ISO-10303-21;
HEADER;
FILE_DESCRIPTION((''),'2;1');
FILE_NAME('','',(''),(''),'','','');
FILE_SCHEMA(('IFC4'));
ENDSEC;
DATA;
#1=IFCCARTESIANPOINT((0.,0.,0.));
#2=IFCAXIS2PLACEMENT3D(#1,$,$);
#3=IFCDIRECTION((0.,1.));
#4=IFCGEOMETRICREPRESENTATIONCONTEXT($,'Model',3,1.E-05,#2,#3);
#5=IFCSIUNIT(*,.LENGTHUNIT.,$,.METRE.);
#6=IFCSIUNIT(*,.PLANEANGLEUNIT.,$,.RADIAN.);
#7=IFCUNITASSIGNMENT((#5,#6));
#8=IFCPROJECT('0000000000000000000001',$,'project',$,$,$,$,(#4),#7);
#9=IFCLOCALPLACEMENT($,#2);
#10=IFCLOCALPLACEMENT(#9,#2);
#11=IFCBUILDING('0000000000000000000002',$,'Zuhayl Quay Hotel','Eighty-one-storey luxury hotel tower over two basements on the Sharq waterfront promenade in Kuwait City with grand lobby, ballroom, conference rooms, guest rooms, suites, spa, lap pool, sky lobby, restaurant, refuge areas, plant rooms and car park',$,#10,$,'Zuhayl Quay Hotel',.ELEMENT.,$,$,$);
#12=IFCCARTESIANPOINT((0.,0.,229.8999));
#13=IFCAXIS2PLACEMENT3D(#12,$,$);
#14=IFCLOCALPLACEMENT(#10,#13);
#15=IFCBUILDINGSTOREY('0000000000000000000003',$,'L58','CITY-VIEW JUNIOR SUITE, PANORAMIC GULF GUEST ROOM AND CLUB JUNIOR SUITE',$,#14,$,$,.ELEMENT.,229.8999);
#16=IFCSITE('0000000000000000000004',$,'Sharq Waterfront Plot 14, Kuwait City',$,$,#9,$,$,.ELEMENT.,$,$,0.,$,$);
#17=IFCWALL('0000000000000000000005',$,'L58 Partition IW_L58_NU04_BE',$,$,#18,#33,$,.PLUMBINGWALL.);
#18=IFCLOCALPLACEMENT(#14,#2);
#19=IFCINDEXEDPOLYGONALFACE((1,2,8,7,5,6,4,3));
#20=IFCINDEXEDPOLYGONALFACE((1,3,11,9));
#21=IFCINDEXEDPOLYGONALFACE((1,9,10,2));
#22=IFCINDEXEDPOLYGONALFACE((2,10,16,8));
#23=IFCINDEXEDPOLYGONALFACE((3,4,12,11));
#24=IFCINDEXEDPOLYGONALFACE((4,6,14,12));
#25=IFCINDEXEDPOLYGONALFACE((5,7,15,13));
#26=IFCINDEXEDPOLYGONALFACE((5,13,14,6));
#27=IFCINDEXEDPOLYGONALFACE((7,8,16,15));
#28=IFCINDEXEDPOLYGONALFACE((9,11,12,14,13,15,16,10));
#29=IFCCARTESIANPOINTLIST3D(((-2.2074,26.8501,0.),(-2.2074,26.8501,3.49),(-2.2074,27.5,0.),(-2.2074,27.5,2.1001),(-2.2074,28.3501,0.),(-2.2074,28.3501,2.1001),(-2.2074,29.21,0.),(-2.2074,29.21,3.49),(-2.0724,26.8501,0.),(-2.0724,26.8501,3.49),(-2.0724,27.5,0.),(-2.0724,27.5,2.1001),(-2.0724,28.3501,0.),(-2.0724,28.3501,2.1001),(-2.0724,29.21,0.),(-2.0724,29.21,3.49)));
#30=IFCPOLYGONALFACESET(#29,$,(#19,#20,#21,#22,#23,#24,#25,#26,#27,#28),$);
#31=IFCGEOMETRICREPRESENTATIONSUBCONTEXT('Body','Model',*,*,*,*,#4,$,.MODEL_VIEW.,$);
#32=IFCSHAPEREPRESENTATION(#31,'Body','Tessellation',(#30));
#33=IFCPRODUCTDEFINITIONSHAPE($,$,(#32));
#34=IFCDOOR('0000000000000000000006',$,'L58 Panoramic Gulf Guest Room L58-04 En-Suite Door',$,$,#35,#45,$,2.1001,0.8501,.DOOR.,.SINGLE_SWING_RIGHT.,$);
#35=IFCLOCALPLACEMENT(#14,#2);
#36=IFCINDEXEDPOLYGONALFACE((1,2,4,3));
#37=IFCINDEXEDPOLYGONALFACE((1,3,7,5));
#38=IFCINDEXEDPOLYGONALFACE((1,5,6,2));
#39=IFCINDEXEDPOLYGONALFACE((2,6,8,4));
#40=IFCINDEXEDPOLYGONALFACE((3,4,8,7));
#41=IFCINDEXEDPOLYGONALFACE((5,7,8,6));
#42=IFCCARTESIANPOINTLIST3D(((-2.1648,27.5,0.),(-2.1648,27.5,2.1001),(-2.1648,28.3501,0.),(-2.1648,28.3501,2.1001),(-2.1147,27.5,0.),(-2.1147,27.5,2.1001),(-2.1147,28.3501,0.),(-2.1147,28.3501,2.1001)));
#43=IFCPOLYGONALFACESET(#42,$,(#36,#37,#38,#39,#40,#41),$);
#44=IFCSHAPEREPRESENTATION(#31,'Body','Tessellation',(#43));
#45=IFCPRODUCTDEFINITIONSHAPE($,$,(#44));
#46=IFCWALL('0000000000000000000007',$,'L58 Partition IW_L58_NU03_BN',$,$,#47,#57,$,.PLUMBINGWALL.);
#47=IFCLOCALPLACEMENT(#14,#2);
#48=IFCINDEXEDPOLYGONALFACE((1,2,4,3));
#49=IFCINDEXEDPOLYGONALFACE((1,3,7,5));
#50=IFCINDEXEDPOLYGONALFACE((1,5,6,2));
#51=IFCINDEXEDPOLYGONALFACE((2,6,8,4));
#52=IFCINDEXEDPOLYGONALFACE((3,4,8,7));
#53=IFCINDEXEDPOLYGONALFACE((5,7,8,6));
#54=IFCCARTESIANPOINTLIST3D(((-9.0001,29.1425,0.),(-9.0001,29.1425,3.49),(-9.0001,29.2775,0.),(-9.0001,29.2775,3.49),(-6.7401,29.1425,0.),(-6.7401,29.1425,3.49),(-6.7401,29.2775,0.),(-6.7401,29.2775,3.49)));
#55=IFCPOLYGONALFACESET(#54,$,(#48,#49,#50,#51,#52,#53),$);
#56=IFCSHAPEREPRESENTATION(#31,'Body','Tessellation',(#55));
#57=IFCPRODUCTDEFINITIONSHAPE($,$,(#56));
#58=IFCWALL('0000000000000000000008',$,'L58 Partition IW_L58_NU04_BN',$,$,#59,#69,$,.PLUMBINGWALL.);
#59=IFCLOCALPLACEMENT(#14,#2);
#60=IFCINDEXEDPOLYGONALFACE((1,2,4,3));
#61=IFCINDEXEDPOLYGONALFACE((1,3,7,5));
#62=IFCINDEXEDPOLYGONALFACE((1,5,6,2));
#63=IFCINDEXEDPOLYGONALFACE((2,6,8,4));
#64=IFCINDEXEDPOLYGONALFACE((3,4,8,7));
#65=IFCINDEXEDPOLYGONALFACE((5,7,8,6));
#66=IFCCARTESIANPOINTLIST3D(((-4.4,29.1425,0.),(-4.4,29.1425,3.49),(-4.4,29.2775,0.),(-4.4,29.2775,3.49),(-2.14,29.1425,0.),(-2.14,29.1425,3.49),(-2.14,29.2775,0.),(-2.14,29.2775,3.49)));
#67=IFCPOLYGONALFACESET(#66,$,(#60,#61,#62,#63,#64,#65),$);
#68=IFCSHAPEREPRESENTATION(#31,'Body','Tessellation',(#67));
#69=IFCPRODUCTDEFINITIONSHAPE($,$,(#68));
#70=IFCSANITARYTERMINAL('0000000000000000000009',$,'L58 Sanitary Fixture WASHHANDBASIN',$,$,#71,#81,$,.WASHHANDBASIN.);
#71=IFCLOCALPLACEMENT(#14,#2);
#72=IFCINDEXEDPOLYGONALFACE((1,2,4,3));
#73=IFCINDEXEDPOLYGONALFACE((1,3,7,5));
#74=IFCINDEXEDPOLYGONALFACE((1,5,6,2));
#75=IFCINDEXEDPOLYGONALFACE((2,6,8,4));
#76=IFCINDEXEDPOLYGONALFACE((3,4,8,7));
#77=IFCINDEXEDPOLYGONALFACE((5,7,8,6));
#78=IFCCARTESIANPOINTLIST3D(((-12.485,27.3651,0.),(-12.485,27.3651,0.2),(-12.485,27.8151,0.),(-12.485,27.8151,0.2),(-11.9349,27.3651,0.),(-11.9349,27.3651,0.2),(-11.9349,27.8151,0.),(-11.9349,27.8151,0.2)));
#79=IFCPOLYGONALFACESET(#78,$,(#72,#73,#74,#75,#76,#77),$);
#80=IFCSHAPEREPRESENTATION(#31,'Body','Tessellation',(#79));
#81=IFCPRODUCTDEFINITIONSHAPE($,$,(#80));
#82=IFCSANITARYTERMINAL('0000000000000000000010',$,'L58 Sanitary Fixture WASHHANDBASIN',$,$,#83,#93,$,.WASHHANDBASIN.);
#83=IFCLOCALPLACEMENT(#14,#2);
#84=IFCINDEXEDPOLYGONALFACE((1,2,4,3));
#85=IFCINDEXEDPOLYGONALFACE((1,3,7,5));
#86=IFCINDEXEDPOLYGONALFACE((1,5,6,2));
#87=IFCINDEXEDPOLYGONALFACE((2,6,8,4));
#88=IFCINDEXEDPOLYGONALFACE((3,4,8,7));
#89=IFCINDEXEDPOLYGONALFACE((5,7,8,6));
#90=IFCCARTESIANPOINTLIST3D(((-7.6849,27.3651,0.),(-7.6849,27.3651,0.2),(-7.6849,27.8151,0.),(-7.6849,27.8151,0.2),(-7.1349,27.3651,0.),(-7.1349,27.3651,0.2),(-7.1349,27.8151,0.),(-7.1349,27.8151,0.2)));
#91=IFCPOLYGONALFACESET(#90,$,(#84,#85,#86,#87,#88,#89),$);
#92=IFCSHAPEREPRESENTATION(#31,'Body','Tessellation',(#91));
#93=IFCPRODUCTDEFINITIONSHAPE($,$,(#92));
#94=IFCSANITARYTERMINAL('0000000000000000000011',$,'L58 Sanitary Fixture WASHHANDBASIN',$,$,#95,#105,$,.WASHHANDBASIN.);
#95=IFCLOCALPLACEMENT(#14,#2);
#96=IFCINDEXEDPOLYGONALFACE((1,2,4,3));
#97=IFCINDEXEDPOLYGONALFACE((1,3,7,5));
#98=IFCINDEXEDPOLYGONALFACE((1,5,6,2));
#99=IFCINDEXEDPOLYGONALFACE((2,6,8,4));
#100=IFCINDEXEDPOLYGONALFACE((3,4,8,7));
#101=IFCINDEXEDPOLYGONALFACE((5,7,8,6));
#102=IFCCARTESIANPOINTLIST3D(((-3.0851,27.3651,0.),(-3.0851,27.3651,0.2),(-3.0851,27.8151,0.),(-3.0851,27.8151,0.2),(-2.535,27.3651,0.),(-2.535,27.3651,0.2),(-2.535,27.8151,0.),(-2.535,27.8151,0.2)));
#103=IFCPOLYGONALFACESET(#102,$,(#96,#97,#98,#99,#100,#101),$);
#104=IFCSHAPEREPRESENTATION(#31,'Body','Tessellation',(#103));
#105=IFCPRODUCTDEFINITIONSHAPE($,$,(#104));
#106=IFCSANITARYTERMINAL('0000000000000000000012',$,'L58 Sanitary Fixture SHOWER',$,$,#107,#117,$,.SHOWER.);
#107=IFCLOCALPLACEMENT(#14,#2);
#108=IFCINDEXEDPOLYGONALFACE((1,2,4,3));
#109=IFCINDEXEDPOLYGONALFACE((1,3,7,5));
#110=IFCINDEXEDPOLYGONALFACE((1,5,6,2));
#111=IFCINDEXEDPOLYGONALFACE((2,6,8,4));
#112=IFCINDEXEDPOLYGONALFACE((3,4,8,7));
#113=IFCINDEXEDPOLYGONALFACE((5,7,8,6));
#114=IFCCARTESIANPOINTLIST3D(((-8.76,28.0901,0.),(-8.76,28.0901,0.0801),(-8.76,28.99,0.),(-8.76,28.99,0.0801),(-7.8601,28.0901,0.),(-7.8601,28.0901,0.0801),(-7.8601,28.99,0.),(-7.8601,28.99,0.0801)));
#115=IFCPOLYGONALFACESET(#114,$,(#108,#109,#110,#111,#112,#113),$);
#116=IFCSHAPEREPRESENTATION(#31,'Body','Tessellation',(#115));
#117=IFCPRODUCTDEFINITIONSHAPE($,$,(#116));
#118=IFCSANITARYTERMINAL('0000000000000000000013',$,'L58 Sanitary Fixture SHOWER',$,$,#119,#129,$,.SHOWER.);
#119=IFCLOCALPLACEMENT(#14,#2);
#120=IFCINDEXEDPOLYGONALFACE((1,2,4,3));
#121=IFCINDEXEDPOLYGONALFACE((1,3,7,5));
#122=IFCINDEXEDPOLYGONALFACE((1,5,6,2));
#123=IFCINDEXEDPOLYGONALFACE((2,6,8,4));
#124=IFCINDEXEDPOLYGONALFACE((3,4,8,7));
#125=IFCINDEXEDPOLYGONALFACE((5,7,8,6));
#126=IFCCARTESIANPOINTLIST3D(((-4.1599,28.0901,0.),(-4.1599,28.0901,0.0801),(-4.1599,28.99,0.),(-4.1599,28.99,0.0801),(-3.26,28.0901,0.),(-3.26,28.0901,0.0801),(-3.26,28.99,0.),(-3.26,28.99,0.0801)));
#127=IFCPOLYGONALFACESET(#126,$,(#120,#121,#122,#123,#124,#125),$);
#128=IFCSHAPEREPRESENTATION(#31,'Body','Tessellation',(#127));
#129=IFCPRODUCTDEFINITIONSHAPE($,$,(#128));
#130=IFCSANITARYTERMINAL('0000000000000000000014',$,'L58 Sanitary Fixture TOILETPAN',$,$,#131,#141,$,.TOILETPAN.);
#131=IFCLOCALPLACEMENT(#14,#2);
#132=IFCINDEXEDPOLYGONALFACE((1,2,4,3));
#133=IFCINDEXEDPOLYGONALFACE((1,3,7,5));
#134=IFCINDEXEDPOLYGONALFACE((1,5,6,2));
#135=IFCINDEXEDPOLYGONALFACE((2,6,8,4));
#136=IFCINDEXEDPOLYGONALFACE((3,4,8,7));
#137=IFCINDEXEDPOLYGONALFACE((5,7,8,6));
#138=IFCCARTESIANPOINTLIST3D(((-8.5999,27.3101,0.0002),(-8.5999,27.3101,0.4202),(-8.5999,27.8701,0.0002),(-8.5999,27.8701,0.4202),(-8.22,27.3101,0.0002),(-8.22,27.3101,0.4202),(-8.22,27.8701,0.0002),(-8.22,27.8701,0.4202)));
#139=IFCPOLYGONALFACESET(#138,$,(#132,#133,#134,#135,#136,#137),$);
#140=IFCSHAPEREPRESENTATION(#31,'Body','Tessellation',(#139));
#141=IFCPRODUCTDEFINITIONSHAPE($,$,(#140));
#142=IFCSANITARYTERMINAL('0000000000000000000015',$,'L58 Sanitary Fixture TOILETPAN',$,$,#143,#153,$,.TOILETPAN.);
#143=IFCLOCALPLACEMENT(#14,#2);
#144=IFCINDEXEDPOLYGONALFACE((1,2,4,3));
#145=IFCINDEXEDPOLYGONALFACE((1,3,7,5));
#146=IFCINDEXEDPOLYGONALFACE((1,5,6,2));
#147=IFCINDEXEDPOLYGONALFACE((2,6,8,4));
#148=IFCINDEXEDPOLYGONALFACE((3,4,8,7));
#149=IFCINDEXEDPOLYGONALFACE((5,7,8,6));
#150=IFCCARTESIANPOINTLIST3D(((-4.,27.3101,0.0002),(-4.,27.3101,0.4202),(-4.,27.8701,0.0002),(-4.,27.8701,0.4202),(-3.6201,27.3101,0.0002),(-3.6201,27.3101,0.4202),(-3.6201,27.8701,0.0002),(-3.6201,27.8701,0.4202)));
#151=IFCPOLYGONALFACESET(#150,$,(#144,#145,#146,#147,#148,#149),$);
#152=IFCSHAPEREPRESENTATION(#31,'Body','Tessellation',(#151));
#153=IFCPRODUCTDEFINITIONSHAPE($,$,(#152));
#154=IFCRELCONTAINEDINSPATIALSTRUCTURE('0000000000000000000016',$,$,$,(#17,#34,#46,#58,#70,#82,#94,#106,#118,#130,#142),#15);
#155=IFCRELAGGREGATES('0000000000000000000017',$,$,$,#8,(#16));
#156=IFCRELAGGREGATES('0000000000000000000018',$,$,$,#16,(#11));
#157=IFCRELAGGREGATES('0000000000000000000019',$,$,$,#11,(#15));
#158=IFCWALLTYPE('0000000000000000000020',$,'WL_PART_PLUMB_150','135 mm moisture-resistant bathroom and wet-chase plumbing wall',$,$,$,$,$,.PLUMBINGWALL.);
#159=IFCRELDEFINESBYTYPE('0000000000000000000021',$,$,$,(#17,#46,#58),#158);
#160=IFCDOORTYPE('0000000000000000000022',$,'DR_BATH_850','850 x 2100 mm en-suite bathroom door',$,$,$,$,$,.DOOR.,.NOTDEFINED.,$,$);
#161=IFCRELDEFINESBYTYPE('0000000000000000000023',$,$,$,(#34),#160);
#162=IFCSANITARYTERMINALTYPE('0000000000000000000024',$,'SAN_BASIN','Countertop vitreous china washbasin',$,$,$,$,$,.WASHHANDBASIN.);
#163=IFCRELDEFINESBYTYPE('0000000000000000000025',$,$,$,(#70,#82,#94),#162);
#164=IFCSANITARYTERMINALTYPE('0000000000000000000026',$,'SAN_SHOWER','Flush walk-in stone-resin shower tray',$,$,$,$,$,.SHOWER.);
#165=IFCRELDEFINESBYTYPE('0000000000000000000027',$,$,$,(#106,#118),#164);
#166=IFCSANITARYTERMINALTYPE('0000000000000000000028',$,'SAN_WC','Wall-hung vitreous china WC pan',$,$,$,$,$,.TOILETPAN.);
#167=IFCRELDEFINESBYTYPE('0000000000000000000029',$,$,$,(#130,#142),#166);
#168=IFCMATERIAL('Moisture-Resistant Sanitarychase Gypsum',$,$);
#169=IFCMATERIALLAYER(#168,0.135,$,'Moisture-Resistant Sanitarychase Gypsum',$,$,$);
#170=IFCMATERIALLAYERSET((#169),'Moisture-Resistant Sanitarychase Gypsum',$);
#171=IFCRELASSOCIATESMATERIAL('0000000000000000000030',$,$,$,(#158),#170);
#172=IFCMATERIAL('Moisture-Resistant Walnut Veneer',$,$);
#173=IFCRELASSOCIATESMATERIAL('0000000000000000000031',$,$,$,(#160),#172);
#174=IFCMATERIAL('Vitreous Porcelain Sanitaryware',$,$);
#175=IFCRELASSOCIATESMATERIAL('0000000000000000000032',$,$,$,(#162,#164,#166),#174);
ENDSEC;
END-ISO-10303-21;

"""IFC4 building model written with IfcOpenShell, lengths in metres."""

from ifc_helpers import new_model, si_unit, direction, frame, frame_2d, origin, origin_2d, place, context, subcontext, project, spatial, rectangle, extrude, material, layer, layer_set, type_object, element, fill, save


model = new_model("IFC4")

# Units and contexts
model_context = context("Model", 3, precision=1e-05, world=origin(), true_north=direction((0.0, 1.0)))
body_context = subcontext(model_context, "Body", "Model", "MODEL_VIEW")
ifc_project = project(units=[si_unit("LENGTHUNIT", "METRE"), si_unit("PLANEANGLEUNIT", "RADIAN")], contexts=[model_context])

# Site, building, storey
site_placement = place(None, origin())
site = spatial("IfcSite", under=ifc_project, at=site_placement, Name="Sharq Waterfront Plot 14, Kuwait City", CompositionType="ELEMENT", RefElevation=0.0)
building_placement = place(site_placement, origin())
building = spatial("IfcBuilding", under=site, at=building_placement, Name="Zuhayl Quay Hotel", Description="Eighty-one-storey luxury hotel tower over two basements on the Sharq waterfront promenade in Kuwait City with grand lobby, ballroom, conference rooms, guest rooms, suites, spa, lap pool, sky lobby, restaurant, refuge areas, plant rooms and car park", LongName="Zuhayl Quay Hotel", CompositionType="ELEMENT")
storey_placement = place(building_placement, frame((0.0, 0.0, 229.8999)))
storey = spatial("IfcBuildingStorey", under=building, at=storey_placement, Name="L58", Description="CITY-VIEW JUNIOR SUITE, PANORAMIC GULF GUEST ROOM AND CLUB JUNIOR SUITE", CompositionType="ELEMENT", Elevation=229.8999)

# Wall, opening, door
ifc_material_1 = material(Name="Moisture-Resistant Sanitarychase Gypsum")
ifc_layer_1 = layer(ifc_material_1, 0.135, Name="Moisture-Resistant Sanitarychase Gypsum")
ifc_layer_set_1 = layer_set([ifc_layer_1], Name="Moisture-Resistant Sanitarychase Gypsum")
wall_type_1 = type_object("IfcWallType", Name="WL_PART_PLUMB_150", Description="135 mm moisture-resistant bathroom and wet-chase plumbing wall", PredefinedType="PLUMBINGWALL", material=ifc_layer_set_1)
ifc_material_2 = material(Name="Moisture-Resistant Walnut Veneer")
door_type_1 = type_object("IfcDoorType", Name="DR_BATH_850", Description="850 x 2100 mm en-suite bathroom door", OperationType="NOTDEFINED", PredefinedType="DOOR", material=ifc_material_2)
wall_1_placement = place(storey_placement, frame((-2.1399, 26.8501, 0.0), z_axis=(0.0, 0.0, 1.0), x_axis=(0.0, 1.0, 0.0)))
wall_1 = element("IfcWall", 1, at=wall_1_placement, inside=storey, type_object=wall_type_1, Name="L58 Partition IW_L58_NU04_BE", PredefinedType="PLUMBINGWALL", context=body_context, shape_type="SweptSolid", body=[
    extrude(rectangle(XDim=2.3599, YDim=0.135, at=frame_2d((1.1799, 0.0))), origin(), (0.0, 0.0, 1.0), 3.49),
])
opening_1_placement = place(wall_1_placement, frame((0.6499, 0.0, 0.0)))
opening_1 = element("IfcOpeningElement", 2, at=opening_1_placement, cuts=wall_1, PredefinedType="OPENING", context=body_context, shape_type="SweptSolid", body=[
    extrude(rectangle(XDim=0.8501, YDim=2.1001, at=frame_2d((0.425, 1.05))), frame((0.0, 0.0774, 0.0), z_axis=(0.0, -1.0, 0.0), x_axis=(1.0, 0.0, 0.0)), (0.0, 0.0, 1.0), 0.155),
])
door_1_placement = place(opening_1_placement, origin())
door_1 = element("IfcDoor", 3, at=door_1_placement, inside=storey, type_object=door_type_1, Name="L58 Panoramic Gulf Guest Room L58-04 En-Suite Door", OperationType="SINGLE_SWING_RIGHT", OverallHeight=2.1001, OverallWidth=0.8501, PredefinedType="DOOR", context=body_context, shape_type="SweptSolid", body=[
    extrude(rectangle(XDim=0.8501, YDim=2.1001, at=frame_2d((0.425, 1.05))), frame((0.0, 0.0249, 0.0), z_axis=(0.0, -1.0, 0.0), x_axis=(1.0, 0.0, 0.0)), (0.0, 0.0, 1.0), 0.05),
])
fill(opening_1, door_1)

# Walls
for number, where, z_axis, x_axis, name in (
    (4, (-9.0, 29.21, 0.0), (0.0, 0.0, 1.0), (1.0, 0.0, 0.0), "L58 Partition IW_L58_NU03_BN"),
    (5, (-4.3999, 29.21, 0.0), (0.0, 0.0, 1.0), (1.0, 0.0, 0.0), "L58 Partition IW_L58_NU04_BN"),
):
    element("IfcWall", number, at=place(storey_placement, frame(where, z_axis=z_axis, x_axis=x_axis)), inside=storey, type_object=wall_type_1, Name=name, PredefinedType="PLUMBINGWALL", context=body_context, shape_type="SweptSolid", body=[
        extrude(rectangle(XDim=2.26, YDim=0.135, at=frame_2d((1.1299, 0.0))), origin(), (0.0, 0.0, 1.0), 3.49),
    ])

# Sanitary terminals
ifc_material_3 = material(Name="Vitreous Porcelain Sanitaryware")
sanitary_terminal_type_1 = type_object("IfcSanitaryTerminalType", Name="SAN_BASIN", Description="Countertop vitreous china washbasin", PredefinedType="WASHHANDBASIN", material=ifc_material_3)
for number, where, z_axis, x_axis, name in (
    (6, (-12.21, 27.5901, 0.0), (0.0, 0.0, 1.0), (1.0, 0.0, 0.0), "L58 Sanitary Fixture WASHHANDBASIN"),
    (7, (-7.4099, 27.5901, 0.0), (0.0, 0.0, 1.0), (1.0, 0.0, 0.0), "L58 Sanitary Fixture WASHHANDBASIN"),
    (8, (-2.8101, 27.5901, 0.0), (0.0, 0.0, 1.0), (1.0, 0.0, 0.0), "L58 Sanitary Fixture WASHHANDBASIN"),
):
    element("IfcSanitaryTerminal", number, at=place(storey_placement, frame(where, z_axis=z_axis, x_axis=x_axis)), inside=storey, type_object=sanitary_terminal_type_1, Name=name, PredefinedType="WASHHANDBASIN", context=body_context, shape_type="SweptSolid", body=[
        extrude(rectangle(XDim=0.55, YDim=0.45, at=origin_2d()), origin(), (0.0, 0.0, 1.0), 0.2),
    ])
sanitary_terminal_type_2 = type_object("IfcSanitaryTerminalType", Name="SAN_SHOWER", Description="Flush walk-in stone-resin shower tray", PredefinedType="SHOWER", material=ifc_material_3)
for number, where, z_axis, x_axis, name in (
    (9, (-8.3101, 28.54, 0.0), (0.0, 0.0, 1.0), (1.0, 0.0, 0.0), "L58 Sanitary Fixture SHOWER"),
    (10, (-3.71, 28.54, 0.0), (0.0, 0.0, 1.0), (1.0, 0.0, 0.0), "L58 Sanitary Fixture SHOWER"),
):
    element("IfcSanitaryTerminal", number, at=place(storey_placement, frame(where, z_axis=z_axis, x_axis=x_axis)), inside=storey, type_object=sanitary_terminal_type_2, Name=name, PredefinedType="SHOWER", context=body_context, shape_type="SweptSolid", body=[
        extrude(rectangle(XDim=0.8999, YDim=0.8999, at=origin_2d()), origin(), (0.0, 0.0, 1.0), 0.0801),
    ])
sanitary_terminal_type_3 = type_object("IfcSanitaryTerminalType", Name="SAN_WC", Description="Wall-hung vitreous china WC pan", PredefinedType="TOILETPAN", material=ifc_material_3)
for number, where, z_axis, x_axis, name in (
    (11, (-8.4099, 27.5901, 0.0002), (0.0, 0.0, 1.0), (1.0, 0.0, 0.0), "L58 Sanitary Fixture TOILETPAN"),
    (12, (-3.8101, 27.5901, 0.0002), (0.0, 0.0, 1.0), (1.0, 0.0, 0.0), "L58 Sanitary Fixture TOILETPAN"),
):
    element("IfcSanitaryTerminal", number, at=place(storey_placement, frame(where, z_axis=z_axis, x_axis=x_axis)), inside=storey, type_object=sanitary_terminal_type_3, Name=name, PredefinedType="TOILETPAN", context=body_context, shape_type="SweptSolid", body=[
        extrude(rectangle(XDim=0.3799, YDim=0.5601, at=origin_2d()), origin(), (0.0, 0.0, 1.0), 0.4199),
    ])

save(model, "model.ifc")
